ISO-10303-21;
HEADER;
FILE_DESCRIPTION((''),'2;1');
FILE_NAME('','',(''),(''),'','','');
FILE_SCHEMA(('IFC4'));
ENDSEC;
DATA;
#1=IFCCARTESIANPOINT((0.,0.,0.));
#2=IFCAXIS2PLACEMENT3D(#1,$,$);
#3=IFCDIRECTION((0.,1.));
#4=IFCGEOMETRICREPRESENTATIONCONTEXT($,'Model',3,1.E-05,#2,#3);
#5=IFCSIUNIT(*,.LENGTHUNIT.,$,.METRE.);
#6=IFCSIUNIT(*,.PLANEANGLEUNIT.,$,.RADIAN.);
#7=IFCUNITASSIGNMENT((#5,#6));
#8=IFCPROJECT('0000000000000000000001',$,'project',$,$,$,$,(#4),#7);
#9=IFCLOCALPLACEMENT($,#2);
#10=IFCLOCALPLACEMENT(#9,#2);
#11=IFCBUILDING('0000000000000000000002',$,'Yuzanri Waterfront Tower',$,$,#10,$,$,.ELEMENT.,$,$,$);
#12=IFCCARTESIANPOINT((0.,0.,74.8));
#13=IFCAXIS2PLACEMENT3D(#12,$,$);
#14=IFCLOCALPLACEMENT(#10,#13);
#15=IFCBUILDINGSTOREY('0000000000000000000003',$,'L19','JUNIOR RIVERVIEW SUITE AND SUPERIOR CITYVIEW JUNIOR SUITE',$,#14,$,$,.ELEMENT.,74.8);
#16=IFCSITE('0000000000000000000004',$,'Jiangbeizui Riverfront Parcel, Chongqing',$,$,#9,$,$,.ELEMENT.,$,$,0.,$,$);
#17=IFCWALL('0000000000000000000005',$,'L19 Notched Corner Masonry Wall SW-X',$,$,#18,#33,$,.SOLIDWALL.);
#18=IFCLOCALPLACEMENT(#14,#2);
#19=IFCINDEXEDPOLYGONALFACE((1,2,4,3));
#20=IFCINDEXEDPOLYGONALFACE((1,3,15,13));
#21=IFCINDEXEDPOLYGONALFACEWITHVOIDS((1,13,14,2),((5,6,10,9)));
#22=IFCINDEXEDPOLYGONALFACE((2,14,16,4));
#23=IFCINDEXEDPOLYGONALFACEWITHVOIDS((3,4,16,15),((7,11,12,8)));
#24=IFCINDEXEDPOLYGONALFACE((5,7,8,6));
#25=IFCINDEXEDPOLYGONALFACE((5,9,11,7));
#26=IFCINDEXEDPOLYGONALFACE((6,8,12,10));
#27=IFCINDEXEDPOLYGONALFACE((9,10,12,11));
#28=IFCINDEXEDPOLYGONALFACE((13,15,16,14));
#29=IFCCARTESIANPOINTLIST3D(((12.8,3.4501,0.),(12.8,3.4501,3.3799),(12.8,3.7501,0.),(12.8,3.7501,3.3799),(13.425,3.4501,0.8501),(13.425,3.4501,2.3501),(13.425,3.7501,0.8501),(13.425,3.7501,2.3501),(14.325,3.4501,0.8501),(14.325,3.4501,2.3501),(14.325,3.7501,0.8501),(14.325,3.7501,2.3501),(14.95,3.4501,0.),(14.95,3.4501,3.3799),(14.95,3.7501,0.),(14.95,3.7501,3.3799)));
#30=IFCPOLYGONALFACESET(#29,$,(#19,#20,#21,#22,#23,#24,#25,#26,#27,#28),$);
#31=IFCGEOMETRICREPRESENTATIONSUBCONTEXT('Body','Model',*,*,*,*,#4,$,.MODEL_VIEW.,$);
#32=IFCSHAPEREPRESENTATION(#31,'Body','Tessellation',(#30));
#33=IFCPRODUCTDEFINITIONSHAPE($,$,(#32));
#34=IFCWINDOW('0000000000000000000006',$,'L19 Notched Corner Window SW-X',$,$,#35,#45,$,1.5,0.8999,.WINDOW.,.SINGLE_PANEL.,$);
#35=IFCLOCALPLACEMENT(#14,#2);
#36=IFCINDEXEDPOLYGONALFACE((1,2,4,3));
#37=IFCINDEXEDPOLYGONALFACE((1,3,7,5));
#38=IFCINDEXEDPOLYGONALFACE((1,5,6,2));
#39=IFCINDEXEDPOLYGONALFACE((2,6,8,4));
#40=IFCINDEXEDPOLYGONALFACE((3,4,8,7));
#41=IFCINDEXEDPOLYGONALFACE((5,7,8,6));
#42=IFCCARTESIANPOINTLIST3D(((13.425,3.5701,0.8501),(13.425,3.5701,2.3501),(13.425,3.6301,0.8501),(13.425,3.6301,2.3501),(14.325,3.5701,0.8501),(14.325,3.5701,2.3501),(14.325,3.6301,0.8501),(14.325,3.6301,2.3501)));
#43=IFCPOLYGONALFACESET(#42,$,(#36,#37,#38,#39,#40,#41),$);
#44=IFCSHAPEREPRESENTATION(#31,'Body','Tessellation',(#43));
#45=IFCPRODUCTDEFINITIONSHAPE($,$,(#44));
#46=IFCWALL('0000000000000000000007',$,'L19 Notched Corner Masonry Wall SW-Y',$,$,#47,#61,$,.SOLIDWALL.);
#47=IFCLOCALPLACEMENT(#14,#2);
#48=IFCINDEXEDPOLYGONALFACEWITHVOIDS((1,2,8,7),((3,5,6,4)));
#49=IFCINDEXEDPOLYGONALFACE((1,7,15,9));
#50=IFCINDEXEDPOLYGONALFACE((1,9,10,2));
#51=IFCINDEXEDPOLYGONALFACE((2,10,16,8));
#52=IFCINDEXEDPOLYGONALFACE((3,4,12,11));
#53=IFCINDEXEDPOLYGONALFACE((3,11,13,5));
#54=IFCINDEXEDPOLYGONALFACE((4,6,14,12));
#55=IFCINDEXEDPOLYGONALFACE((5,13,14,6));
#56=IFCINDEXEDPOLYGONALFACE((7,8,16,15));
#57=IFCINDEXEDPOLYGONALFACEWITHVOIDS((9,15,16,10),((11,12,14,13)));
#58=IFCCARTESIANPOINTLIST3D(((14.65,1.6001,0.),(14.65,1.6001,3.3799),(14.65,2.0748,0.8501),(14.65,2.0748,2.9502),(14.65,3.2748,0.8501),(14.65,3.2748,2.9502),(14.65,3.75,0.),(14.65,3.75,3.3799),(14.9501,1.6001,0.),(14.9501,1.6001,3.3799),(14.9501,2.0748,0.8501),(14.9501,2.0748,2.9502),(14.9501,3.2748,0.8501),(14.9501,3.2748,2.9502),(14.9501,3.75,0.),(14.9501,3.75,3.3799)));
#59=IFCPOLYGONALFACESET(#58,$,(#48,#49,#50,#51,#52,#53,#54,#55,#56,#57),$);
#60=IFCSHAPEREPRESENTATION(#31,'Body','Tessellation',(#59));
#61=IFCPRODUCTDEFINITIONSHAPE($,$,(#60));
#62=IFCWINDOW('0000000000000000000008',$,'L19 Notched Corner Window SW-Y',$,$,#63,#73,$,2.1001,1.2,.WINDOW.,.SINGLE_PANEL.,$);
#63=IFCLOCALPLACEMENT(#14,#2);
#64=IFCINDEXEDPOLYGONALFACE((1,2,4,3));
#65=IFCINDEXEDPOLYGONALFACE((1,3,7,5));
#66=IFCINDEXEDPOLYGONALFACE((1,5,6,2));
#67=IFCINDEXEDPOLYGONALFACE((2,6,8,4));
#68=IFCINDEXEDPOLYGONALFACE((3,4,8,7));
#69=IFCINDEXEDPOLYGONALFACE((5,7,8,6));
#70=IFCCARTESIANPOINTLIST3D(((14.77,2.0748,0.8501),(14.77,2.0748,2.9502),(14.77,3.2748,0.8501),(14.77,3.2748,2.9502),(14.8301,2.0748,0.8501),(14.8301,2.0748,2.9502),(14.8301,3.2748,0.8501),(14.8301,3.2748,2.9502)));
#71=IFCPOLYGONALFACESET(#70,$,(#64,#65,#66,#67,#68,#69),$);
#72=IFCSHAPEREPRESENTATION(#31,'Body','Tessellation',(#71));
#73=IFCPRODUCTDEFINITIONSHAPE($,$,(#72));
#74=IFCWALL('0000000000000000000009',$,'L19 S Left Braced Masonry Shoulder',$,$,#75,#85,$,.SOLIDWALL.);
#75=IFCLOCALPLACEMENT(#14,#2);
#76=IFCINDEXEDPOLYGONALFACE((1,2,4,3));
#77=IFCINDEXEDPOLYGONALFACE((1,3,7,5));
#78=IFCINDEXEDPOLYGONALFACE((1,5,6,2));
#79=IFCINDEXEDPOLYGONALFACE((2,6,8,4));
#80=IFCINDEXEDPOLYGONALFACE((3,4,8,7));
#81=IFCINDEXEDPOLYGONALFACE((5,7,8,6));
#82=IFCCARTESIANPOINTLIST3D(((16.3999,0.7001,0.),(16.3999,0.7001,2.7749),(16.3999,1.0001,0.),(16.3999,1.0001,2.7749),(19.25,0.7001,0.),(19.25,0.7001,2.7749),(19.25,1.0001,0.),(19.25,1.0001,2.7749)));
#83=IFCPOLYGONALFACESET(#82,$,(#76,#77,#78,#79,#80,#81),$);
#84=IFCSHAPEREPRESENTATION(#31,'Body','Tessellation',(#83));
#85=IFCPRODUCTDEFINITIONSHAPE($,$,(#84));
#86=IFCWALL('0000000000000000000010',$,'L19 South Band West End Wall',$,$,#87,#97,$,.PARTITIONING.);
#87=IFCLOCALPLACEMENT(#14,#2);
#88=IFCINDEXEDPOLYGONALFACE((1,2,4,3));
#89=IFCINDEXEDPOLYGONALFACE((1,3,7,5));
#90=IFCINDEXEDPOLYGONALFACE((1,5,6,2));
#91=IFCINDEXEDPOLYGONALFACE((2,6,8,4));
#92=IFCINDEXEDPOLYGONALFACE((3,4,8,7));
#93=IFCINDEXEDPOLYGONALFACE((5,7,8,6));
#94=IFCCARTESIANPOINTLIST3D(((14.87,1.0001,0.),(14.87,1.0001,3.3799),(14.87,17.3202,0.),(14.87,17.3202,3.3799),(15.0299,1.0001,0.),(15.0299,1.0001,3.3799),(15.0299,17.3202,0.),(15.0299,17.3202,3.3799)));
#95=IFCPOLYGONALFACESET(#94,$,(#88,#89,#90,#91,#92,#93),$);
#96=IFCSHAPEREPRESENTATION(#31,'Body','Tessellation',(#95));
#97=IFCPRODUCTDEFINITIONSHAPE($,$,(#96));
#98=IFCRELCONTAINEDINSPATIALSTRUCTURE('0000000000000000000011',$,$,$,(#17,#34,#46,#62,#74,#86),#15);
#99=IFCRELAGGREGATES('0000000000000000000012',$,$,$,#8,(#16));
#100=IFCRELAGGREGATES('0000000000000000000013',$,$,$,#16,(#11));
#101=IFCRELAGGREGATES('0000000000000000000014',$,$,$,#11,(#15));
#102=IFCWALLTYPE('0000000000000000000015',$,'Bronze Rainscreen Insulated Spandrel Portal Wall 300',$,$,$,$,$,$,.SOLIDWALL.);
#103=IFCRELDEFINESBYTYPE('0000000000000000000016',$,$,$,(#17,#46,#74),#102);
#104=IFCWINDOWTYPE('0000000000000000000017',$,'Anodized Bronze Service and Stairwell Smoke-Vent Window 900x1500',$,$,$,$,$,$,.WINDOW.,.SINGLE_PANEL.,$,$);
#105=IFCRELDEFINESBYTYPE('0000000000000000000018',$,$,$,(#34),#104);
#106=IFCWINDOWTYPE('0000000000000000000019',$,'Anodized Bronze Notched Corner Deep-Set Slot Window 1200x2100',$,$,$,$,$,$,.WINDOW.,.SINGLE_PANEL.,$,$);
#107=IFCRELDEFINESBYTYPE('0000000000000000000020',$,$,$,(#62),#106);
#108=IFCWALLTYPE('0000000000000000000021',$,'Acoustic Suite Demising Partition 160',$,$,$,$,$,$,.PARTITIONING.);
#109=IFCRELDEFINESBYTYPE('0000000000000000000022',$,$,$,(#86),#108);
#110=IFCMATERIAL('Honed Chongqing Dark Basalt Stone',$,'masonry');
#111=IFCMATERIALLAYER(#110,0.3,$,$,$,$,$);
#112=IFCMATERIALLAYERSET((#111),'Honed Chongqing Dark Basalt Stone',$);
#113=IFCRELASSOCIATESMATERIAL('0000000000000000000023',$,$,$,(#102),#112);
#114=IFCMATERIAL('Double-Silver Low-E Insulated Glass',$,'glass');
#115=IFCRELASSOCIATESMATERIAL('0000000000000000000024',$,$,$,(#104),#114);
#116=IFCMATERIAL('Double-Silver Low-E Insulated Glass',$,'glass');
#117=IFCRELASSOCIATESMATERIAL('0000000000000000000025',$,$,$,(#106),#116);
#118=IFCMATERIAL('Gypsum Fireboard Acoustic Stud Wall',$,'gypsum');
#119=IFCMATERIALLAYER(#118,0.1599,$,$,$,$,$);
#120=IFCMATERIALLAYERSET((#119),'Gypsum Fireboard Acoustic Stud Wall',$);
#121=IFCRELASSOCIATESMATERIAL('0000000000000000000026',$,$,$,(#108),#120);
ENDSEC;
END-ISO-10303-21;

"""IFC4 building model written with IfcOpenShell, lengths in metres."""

from ifc_helpers import new_model, si_unit, direction, frame, frame_2d, origin, place, context, subcontext, project, spatial, rectangle, extrude, source, transform, mapped, material, layer, layer_set, type_object, element, fill, save


model = new_model("IFC4")

# Units and contexts
model_context = context("Model", 3, precision=1e-05, world=origin(), true_north=direction((0.0, 1.0)))
body_context = subcontext(model_context, "Body", "Model", "MODEL_VIEW")
ifc_project = project(units=[si_unit("LENGTHUNIT", "METRE"), si_unit("PLANEANGLEUNIT", "RADIAN")], contexts=[model_context])

# Site, building, storey
site_placement = place(None, origin())
site = spatial("IfcSite", under=ifc_project, at=site_placement, Name="Jiangbeizui Riverfront Parcel, Chongqing", CompositionType="ELEMENT", RefElevation=0.0)
building_placement = place(site_placement, origin())
building = spatial("IfcBuilding", under=site, at=building_placement, Name="Yuzanri Waterfront Tower", CompositionType="ELEMENT")
storey_placement = place(building_placement, frame((0.0, 0.0, 74.8)))
storey = spatial("IfcBuildingStorey", under=building, at=storey_placement, Name="L19", Description="JUNIOR RIVERVIEW SUITE AND SUPERIOR CITYVIEW JUNIOR SUITE", CompositionType="ELEMENT", Elevation=74.8)

# Walls, openings, windows
ifc_material_1 = material(Name="Honed Chongqing Dark Basalt Stone", Category="masonry")
ifc_layer_1 = layer(ifc_material_1, 0.3)
ifc_layer_set_1 = layer_set([ifc_layer_1], Name="Honed Chongqing Dark Basalt Stone")
wall_type_1 = type_object("IfcWallType", Name="Bronze Rainscreen Insulated Spandrel Portal Wall 300", PredefinedType="SOLIDWALL", material=ifc_layer_set_1)
wall_1_placement = place(storey_placement, frame((12.8, 3.6001, 0.0), z_axis=(0.0, 0.0, 1.0), x_axis=(1.0, 0.0, 0.0)))
wall_1 = element("IfcWall", 1, at=wall_1_placement, inside=storey, type_object=wall_type_1, Name="L19 Notched Corner Masonry Wall SW-X", PredefinedType="SOLIDWALL", context=body_context, shape_type="SweptSolid", body=[
    extrude(rectangle(XDim=2.1499, YDim=0.3, at=frame_2d((1.075, 0.0))), origin(), (0.0, 0.0, 1.0), 3.3799),
])
opening_1_placement = place(wall_1_placement, frame((0.625, 0.0, 0.8501)))
opening_1 = element("IfcOpeningElement", 2, at=opening_1_placement, cuts=wall_1, PredefinedType="OPENING", context=body_context, shape_type="SweptSolid", body=[
    extrude(rectangle(XDim=0.8999, YDim=1.5, at=frame_2d((0.45, 0.75))), frame((0.0, 0.165, 0.0), z_axis=(0.0, -1.0, 0.0), x_axis=(1.0, 0.0, 0.0)), (0.0, 0.0, 1.0), 0.3298),
])
ifc_material_2 = material(Name="Double-Silver Low-E Insulated Glass", Category="glass")
window_type_1 = type_object("IfcWindowType", Name="Anodized Bronze Service and Stairwell Smoke-Vent Window 900x1500", PartitioningType="SINGLE_PANEL", PredefinedType="WINDOW", material=ifc_material_2)
shared_shape_1 = source(origin(), body_context, "Body", "SweptSolid", [
    extrude(rectangle(XDim=0.8999, YDim=1.5, at=frame_2d((0.45, 0.75))), frame((0.0, 0.03, 0.0), z_axis=(0.0, -1.0, 0.0), x_axis=(1.0, 0.0, 0.0)), (0.0, 0.0, 1.0), 0.0601),
])
window_1_placement = place(opening_1_placement, origin())
window_1 = element("IfcWindow", 3, at=window_1_placement, inside=storey, type_object=window_type_1, Name="L19 Notched Corner Window SW-X", OverallHeight=1.5, OverallWidth=0.8999, PartitioningType="SINGLE_PANEL", PredefinedType="WINDOW", context=body_context, shape_type="MappedRepresentation", body=[
    mapped(shared_shape_1, transform((0.0, 0.0, 0.0), scale=1.0)),
])
fill(opening_1, window_1)
wall_2_placement = place(storey_placement, frame((14.8, 3.75, 0.0), z_axis=(0.0, 0.0, 1.0), x_axis=(0.0, -1.0, 0.0)))
wall_2 = element("IfcWall", 4, at=wall_2_placement, inside=storey, type_object=wall_type_1, Name="L19 Notched Corner Masonry Wall SW-Y", PredefinedType="SOLIDWALL", context=body_context, shape_type="SweptSolid", body=[
    extrude(rectangle(XDim=2.1499, YDim=0.3, at=frame_2d((1.075, 0.0))), origin(), (0.0, 0.0, 1.0), 3.3799),
])
opening_2_placement = place(wall_2_placement, frame((0.4751, 0.0, 0.8501)))
opening_2 = element("IfcOpeningElement", 5, at=opening_2_placement, cuts=wall_2, PredefinedType="OPENING", context=body_context, shape_type="SweptSolid", body=[
    extrude(rectangle(XDim=1.2, YDim=2.1001, at=frame_2d((0.6001, 1.05))), frame((0.0, 0.165, 0.0), z_axis=(0.0, -1.0, 0.0), x_axis=(1.0, 0.0, 0.0)), (0.0, 0.0, 1.0), 0.3298),
])
ifc_material_3 = material(Name="Double-Silver Low-E Insulated Glass", Category="glass")
window_type_2 = type_object("IfcWindowType", Name="Anodized Bronze Notched Corner Deep-Set Slot Window 1200x2100", PartitioningType="SINGLE_PANEL", PredefinedType="WINDOW", material=ifc_material_3)
shared_shape_2 = source(origin(), body_context, "Body", "SweptSolid", [
    extrude(rectangle(XDim=1.2, YDim=2.1001, at=frame_2d((0.6001, 1.05))), frame((0.0, 0.03, 0.0), z_axis=(0.0, -1.0, 0.0), x_axis=(1.0, 0.0, 0.0)), (0.0, 0.0, 1.0), 0.0601),
])
window_2_placement = place(opening_2_placement, origin())
window_2 = element("IfcWindow", 6, at=window_2_placement, inside=storey, type_object=window_type_2, Name="L19 Notched Corner Window SW-Y", OverallHeight=2.1001, OverallWidth=1.2, PartitioningType="SINGLE_PANEL", PredefinedType="WINDOW", context=body_context, shape_type="MappedRepresentation", body=[
    mapped(shared_shape_2, transform((0.0, 0.0, 0.0), scale=1.0)),
])
fill(opening_2, window_2)

# Walls
shared_shape_3 = source(origin(), body_context, "Body", "SweptSolid", [
    extrude(rectangle(XDim=2.8501, YDim=0.3, at=frame_2d((1.425, 0.0))), origin(), (0.0, 0.0, 1.0), 2.7749),
])
wall_3_placement = place(storey_placement, frame((16.3999, 0.8501, 0.0), z_axis=(0.0, 0.0, 1.0), x_axis=(1.0, 0.0, 0.0)))
element("IfcWall", 7, at=wall_3_placement, inside=storey, type_object=wall_type_1, Name="L19 S Left Braced Masonry Shoulder", PredefinedType="SOLIDWALL", context=body_context, shape_type="MappedRepresentation", body=[
    mapped(shared_shape_3, transform((0.0, 0.0, 0.0), scale=1.0)),
])
ifc_material_4 = material(Name="Gypsum Fireboard Acoustic Stud Wall", Category="gypsum")
ifc_layer_2 = layer(ifc_material_4, 0.1599)
ifc_layer_set_2 = layer_set([ifc_layer_2], Name="Gypsum Fireboard Acoustic Stud Wall")
wall_type_2 = type_object("IfcWallType", Name="Acoustic Suite Demising Partition 160", PredefinedType="PARTITIONING", material=ifc_layer_set_2)
shared_shape_4 = source(origin(), body_context, "Body", "SweptSolid", [
    extrude(rectangle(XDim=16.3201, YDim=0.1599, at=frame_2d((8.1602, 0.0))), origin(), (0.0, 0.0, 1.0), 3.3799),
])
wall_4_placement = place(storey_placement, frame((14.95, 1.0, 0.0), z_axis=(0.0, 0.0, 1.0), x_axis=(0.0, 1.0, 0.0)))
element("IfcWall", 8, at=wall_4_placement, inside=storey, type_object=wall_type_2, Name="L19 South Band West End Wall", PredefinedType="PARTITIONING", context=body_context, shape_type="MappedRepresentation", body=[
    mapped(shared_shape_4, transform((0.0, 0.0, 0.0), scale=1.0)),
])

save(model, "model.ifc")
